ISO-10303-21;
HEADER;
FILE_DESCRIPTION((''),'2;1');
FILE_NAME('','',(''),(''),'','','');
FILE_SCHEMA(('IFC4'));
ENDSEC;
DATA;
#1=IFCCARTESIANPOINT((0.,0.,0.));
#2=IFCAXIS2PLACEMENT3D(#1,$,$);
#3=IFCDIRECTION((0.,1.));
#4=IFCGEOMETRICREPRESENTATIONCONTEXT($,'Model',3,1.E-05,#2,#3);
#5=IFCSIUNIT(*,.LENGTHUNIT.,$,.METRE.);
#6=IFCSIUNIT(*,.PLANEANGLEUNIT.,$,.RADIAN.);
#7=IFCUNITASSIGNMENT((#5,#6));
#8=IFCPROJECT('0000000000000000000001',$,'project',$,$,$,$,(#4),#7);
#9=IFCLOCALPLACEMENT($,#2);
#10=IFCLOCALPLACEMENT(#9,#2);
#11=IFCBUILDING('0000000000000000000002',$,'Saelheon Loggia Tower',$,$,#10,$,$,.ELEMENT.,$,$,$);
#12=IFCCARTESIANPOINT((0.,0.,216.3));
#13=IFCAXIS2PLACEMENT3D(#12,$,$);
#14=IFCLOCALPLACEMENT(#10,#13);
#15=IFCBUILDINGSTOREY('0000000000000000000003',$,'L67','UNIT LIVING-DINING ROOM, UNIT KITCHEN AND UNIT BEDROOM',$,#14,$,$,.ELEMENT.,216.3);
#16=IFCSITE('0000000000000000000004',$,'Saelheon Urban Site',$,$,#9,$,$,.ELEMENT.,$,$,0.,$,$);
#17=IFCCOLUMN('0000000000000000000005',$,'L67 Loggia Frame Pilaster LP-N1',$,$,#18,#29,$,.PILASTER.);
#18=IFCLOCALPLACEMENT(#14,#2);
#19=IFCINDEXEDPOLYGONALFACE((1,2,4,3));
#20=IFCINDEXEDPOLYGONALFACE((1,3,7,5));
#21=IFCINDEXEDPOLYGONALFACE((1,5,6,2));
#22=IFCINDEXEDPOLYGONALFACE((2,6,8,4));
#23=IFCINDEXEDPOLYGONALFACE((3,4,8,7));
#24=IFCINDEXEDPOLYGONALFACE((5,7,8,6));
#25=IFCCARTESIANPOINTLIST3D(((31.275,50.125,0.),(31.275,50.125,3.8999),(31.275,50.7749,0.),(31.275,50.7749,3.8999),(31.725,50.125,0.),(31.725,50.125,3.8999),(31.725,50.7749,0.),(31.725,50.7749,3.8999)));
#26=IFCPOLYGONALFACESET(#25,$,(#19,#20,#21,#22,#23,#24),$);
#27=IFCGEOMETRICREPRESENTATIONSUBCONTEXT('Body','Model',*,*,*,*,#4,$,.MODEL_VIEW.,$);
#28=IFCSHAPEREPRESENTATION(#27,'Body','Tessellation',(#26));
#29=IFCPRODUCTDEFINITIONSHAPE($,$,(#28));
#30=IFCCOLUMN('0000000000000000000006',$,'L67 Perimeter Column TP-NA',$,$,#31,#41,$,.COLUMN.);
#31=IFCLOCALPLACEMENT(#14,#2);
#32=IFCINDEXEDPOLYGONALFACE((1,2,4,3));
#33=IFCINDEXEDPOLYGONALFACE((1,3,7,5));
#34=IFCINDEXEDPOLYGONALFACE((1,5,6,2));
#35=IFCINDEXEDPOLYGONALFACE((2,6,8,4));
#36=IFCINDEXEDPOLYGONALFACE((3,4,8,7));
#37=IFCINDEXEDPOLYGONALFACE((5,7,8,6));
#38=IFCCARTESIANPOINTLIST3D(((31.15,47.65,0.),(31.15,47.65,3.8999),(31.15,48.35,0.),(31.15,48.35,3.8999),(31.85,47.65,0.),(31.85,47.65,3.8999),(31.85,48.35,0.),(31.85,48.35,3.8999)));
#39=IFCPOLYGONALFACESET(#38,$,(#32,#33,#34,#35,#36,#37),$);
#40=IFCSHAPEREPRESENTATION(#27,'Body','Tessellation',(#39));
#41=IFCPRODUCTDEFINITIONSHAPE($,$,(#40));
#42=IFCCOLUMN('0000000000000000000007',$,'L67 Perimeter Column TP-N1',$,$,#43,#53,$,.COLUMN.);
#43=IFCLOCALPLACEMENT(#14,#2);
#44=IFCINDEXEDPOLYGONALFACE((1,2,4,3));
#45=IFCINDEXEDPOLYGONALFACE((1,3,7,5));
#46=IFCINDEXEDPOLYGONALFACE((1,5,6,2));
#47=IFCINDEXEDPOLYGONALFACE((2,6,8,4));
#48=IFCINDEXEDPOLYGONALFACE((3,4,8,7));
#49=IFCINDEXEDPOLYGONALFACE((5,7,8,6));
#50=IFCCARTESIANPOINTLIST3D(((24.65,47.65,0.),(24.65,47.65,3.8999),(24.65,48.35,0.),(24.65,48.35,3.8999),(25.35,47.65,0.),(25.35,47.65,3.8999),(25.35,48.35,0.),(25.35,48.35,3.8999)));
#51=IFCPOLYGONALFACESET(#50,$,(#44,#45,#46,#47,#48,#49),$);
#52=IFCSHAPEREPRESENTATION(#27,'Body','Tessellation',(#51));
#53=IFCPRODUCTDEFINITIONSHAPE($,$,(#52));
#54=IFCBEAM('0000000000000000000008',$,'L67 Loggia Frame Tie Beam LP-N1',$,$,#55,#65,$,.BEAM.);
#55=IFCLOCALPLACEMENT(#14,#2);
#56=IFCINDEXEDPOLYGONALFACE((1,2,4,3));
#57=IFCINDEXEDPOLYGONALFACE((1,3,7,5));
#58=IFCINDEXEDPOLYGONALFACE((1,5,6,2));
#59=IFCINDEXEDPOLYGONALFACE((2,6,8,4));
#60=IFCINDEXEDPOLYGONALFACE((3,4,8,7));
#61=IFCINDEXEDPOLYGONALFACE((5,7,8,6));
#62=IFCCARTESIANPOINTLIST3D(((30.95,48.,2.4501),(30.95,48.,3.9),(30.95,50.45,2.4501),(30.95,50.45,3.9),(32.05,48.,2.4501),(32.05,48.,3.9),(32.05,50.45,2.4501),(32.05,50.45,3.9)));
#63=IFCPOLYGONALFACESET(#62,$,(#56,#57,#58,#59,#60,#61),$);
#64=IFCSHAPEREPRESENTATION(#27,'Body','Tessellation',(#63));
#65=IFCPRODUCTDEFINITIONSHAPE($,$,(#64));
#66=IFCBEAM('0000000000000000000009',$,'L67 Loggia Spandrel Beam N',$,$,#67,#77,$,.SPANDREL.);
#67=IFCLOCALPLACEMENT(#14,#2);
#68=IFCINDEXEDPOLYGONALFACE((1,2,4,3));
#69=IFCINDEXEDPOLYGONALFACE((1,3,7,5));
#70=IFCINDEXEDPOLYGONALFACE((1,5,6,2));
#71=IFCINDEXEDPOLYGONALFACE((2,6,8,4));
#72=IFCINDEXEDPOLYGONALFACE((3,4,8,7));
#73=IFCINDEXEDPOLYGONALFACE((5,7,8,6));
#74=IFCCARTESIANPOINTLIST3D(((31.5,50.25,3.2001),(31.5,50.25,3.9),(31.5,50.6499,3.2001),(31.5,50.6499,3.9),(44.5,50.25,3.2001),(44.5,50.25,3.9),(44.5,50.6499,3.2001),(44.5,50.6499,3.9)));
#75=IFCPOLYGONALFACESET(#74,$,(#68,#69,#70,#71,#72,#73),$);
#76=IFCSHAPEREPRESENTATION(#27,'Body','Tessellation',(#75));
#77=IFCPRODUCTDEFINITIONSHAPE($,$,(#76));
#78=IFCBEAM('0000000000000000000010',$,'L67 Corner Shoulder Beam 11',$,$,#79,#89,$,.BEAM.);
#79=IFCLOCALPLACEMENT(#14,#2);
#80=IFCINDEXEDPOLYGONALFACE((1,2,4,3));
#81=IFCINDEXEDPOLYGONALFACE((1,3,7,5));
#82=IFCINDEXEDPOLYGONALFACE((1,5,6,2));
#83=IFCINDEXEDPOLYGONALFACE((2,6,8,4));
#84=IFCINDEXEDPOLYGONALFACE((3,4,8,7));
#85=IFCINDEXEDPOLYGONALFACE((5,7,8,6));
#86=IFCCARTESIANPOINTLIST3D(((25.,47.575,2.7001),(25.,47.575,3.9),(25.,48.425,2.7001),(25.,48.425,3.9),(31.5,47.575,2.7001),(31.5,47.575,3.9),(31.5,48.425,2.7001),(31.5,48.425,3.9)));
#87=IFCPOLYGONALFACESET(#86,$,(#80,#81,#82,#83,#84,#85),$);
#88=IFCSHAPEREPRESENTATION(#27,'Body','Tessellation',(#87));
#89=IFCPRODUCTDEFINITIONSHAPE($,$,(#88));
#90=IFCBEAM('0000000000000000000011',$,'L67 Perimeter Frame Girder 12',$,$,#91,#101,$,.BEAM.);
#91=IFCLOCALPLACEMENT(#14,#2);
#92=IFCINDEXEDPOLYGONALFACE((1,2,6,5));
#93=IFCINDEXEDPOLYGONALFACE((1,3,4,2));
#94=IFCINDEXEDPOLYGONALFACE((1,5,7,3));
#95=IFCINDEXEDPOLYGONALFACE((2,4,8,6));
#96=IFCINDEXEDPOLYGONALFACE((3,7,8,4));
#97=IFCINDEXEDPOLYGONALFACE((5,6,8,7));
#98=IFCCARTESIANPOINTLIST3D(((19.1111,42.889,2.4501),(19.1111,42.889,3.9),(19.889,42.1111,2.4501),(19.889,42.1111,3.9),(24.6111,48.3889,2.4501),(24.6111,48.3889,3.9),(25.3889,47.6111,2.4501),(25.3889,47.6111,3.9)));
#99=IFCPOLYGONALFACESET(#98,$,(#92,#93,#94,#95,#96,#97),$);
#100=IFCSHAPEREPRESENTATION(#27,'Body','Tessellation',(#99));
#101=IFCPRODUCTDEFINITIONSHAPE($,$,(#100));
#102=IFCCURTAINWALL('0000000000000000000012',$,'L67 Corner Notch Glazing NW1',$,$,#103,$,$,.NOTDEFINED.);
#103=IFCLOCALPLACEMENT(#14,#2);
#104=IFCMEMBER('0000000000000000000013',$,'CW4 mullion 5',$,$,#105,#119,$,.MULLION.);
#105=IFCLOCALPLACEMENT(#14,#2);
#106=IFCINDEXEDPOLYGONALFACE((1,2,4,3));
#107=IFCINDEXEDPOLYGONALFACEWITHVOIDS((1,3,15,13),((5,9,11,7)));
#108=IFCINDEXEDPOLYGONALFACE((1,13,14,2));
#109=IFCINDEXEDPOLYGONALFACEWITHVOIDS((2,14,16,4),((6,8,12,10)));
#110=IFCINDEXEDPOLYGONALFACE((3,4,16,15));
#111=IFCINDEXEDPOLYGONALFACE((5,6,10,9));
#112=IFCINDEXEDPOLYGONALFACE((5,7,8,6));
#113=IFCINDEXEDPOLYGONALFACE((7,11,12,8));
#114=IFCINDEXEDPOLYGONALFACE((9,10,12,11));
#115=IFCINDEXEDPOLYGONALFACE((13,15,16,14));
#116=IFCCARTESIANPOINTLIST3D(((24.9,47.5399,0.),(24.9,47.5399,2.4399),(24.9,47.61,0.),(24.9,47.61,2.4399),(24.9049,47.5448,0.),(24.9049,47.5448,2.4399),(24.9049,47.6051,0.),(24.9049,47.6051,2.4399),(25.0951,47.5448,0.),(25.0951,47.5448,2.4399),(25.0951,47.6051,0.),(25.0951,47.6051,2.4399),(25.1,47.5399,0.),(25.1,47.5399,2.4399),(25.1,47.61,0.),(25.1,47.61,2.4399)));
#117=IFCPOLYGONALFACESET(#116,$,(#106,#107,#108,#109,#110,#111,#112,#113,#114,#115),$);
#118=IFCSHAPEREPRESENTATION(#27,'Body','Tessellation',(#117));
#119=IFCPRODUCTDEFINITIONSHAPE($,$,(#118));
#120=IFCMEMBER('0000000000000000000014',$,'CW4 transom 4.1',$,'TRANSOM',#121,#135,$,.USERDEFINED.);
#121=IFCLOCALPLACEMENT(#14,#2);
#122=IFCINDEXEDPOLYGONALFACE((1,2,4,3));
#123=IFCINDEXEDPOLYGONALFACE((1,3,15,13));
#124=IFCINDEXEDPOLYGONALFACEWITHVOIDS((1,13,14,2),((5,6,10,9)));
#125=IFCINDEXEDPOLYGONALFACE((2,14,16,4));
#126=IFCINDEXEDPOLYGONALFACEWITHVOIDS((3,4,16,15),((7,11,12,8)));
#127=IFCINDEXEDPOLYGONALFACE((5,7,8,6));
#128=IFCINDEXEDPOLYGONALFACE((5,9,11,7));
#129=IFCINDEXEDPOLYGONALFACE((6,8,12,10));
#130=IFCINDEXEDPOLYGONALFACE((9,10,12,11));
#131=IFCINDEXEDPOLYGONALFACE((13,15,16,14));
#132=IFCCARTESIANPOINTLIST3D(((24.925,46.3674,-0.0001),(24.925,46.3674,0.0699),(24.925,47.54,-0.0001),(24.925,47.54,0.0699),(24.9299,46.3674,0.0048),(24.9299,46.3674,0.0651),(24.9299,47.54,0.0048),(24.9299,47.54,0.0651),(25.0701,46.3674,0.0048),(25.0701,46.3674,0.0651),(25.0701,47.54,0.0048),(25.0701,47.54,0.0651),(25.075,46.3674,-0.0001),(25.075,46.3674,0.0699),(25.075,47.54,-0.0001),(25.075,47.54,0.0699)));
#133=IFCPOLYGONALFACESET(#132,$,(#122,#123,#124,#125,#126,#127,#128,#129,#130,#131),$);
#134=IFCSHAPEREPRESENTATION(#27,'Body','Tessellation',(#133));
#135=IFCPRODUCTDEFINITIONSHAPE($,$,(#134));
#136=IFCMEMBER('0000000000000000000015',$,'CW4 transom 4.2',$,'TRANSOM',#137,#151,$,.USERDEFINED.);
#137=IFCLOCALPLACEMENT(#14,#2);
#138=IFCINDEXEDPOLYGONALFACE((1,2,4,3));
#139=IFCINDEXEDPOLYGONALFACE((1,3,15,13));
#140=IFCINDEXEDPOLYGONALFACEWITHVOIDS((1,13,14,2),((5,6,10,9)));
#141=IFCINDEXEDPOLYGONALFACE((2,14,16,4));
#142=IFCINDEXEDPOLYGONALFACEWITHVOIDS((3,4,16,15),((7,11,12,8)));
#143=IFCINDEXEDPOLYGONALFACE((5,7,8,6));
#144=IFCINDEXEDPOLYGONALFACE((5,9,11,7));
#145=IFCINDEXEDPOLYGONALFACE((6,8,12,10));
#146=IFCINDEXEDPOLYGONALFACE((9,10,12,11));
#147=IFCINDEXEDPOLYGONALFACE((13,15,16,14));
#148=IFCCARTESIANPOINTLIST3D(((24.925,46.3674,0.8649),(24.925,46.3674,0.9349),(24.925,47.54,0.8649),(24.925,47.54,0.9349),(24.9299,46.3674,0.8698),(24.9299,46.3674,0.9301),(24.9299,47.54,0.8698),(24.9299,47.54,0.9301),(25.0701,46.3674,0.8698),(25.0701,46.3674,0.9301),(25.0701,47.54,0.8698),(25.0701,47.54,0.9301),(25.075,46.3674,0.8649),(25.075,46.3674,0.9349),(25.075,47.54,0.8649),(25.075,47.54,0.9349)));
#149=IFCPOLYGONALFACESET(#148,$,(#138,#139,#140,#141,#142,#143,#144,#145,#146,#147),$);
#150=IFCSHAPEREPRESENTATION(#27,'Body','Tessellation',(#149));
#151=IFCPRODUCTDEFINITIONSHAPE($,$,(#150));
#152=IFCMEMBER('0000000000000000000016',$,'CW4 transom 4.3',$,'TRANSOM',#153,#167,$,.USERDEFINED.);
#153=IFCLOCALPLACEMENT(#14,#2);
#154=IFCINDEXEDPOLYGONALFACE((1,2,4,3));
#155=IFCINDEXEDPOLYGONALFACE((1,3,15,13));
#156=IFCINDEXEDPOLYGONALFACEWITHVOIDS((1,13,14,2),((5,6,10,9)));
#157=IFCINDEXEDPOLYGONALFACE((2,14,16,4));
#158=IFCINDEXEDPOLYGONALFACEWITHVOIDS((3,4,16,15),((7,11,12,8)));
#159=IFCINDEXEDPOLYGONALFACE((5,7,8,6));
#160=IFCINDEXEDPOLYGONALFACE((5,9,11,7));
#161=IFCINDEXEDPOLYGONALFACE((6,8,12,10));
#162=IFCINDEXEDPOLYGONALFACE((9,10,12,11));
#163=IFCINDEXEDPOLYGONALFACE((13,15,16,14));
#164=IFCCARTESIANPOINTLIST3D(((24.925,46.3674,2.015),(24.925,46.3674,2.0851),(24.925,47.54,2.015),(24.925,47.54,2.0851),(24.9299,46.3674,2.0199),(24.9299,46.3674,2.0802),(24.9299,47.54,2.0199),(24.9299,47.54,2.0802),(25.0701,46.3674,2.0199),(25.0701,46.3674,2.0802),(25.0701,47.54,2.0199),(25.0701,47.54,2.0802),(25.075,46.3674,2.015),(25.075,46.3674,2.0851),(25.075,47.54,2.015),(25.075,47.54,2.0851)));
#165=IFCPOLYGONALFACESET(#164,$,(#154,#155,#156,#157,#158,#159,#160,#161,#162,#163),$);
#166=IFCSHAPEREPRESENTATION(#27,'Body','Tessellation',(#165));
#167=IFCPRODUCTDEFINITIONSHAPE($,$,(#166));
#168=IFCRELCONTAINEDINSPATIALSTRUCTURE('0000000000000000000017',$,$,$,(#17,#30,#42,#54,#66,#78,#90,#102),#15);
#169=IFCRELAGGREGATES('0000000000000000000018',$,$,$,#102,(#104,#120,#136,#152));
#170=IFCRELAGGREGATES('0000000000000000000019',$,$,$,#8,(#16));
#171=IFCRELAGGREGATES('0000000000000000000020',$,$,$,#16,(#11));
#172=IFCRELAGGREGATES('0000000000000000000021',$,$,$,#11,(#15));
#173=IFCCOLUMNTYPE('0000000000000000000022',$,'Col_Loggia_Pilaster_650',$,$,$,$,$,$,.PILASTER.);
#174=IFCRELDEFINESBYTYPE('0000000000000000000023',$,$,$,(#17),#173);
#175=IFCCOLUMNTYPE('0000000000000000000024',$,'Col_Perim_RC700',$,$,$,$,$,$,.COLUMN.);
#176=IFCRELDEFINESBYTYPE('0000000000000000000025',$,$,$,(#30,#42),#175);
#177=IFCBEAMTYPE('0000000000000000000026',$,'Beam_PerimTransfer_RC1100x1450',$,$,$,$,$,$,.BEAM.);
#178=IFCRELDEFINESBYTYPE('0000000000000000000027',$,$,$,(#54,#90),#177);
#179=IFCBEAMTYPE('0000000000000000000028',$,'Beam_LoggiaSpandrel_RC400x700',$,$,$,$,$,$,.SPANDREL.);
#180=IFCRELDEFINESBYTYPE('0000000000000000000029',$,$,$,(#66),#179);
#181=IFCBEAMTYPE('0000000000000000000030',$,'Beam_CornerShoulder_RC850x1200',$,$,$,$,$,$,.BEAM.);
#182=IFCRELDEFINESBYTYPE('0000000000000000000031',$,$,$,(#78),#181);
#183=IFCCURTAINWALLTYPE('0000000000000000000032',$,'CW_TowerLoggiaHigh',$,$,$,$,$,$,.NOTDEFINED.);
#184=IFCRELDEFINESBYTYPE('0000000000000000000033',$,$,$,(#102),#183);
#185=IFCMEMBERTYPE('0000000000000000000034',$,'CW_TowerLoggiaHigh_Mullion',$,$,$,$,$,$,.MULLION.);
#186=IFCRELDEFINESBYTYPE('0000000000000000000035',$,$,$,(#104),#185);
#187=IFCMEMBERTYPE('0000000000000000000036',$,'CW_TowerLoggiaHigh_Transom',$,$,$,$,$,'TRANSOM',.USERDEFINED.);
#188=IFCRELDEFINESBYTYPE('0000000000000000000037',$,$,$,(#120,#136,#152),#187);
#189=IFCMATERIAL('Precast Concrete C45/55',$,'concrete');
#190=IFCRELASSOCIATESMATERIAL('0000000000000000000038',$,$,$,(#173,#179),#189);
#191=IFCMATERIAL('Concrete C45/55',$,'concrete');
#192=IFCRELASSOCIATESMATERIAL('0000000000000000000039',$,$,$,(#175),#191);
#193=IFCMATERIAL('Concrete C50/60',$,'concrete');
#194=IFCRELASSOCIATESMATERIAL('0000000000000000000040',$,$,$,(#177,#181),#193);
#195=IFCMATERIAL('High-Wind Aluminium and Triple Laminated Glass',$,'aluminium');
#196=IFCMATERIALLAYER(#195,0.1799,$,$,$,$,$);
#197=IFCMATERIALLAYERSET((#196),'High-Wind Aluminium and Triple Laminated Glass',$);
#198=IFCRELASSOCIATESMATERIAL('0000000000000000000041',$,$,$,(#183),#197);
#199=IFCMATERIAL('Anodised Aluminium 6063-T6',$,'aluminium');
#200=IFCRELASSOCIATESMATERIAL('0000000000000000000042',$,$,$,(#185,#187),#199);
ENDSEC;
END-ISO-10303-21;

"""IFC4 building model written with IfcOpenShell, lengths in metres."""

from ifc_helpers import new_model, si_unit, direction, frame, origin, origin_2d, place, context, subcontext, project, spatial, rectangle, hollow_rectangle, extrude, source, transform, mapped, material, layer, layer_set, material_profile, profile_set, type_object, element, aggregate, save


model = new_model("IFC4")

# Units and contexts
model_context = context("Model", 3, precision=1e-05, world=origin(), true_north=direction((0.0, 1.0)))
body_context = subcontext(model_context, "Body", "Model", "MODEL_VIEW")
ifc_project = project(units=[si_unit("LENGTHUNIT", "METRE"), si_unit("PLANEANGLEUNIT", "RADIAN")], contexts=[model_context])

# Site, building, storey
site_placement = place(None, origin())
site = spatial("IfcSite", under=ifc_project, at=site_placement, Name="Saelheon Urban Site", CompositionType="ELEMENT", RefElevation=0.0)
building_placement = place(site_placement, origin())
building = spatial("IfcBuilding", under=site, at=building_placement, Name="Saelheon Loggia Tower", CompositionType="ELEMENT")
storey_placement = place(building_placement, frame((0.0, 0.0, 216.3)))
storey = spatial("IfcBuildingStorey", under=building, at=storey_placement, Name="L67", Description="UNIT LIVING-DINING ROOM, UNIT KITCHEN AND UNIT BEDROOM", CompositionType="ELEMENT", Elevation=216.3)

# Columns
ifc_material_1 = material(Name="Precast Concrete C45/55", Category="concrete")
ifc_material_profile_1 = material_profile(ifc_material_1, rectangle(XDim=0.45, YDim=0.6499, at=origin_2d()), Name="RC-450x650")
ifc_profile_set_1 = profile_set([ifc_material_profile_1], Name="Precast Concrete C45/55")
column_type_1 = type_object("IfcColumnType", Name="Col_Loggia_Pilaster_650", PredefinedType="PILASTER", material=ifc_profile_set_1)
shared_shape_1 = source(origin(), body_context, "Body", "SweptSolid", [
    extrude(rectangle(XDim=0.45, YDim=0.6499, at=origin_2d()), origin(), (0.0, 0.0, 1.0), 3.8999),
])
column_placement = place(storey_placement, frame((31.5, 50.45, 0.0), z_axis=(0.0, 0.0, 1.0), x_axis=(1.0, 0.0, 0.0)))
element("IfcColumn", 1, at=column_placement, inside=storey, type_object=column_type_1, Name="L67 Loggia Frame Pilaster LP-N1", PredefinedType="PILASTER", context=body_context, shape_type="MappedRepresentation", body=[
    mapped(shared_shape_1, transform((0.0, 0.0, 0.0), scale=1.0)),
])
ifc_material_2 = material(Name="Concrete C45/55", Category="concrete")
ifc_material_profile_2 = material_profile(ifc_material_2, rectangle(XDim=0.7, YDim=0.7, at=origin_2d()), Name="RC-700x700")
ifc_profile_set_2 = profile_set([ifc_material_profile_2], Name="Concrete C45/55")
column_type_2 = type_object("IfcColumnType", Name="Col_Perim_RC700", PredefinedType="COLUMN", material=ifc_profile_set_2)
shared_shape_2 = source(origin(), body_context, "Body", "SweptSolid", [
    extrude(rectangle(XDim=0.7, YDim=0.7, at=origin_2d()), origin(), (0.0, 0.0, 1.0), 3.8999),
])
for number, where, z_axis, x_axis, name in (
    (2, (31.5, 48.0, 0.0), (0.0, 0.0, 1.0), (1.0, 0.0, 0.0), "L67 Perimeter Column TP-NA"),
    (3, (25.0, 48.0, 0.0), (0.0, 0.0, 1.0), (1.0, 0.0, 0.0), "L67 Perimeter Column TP-N1"),
):
    element("IfcColumn", number, at=place(storey_placement, frame(where, z_axis=z_axis, x_axis=x_axis)), inside=storey, type_object=column_type_2, Name=name, PredefinedType="COLUMN", context=body_context, shape_type="MappedRepresentation", body=[
        mapped(shared_shape_2, transform((0.0, 0.0, 0.0), scale=1.0)),
    ])

# Beams
ifc_material_3 = material(Name="Concrete C50/60", Category="concrete")
ifc_material_profile_3 = material_profile(ifc_material_3, rectangle(XDim=1.1001, YDim=1.45, at=origin_2d()), Name="RC-1100x1450")
ifc_profile_set_3 = profile_set([ifc_material_profile_3], Name="Concrete C50/60")
beam_type_1 = type_object("IfcBeamType", Name="Beam_PerimTransfer_RC1100x1450", PredefinedType="BEAM", material=ifc_profile_set_3)
shared_shape_3 = source(origin(), body_context, "Body", "SweptSolid", [
    extrude(rectangle(XDim=1.1001, YDim=1.45, at=origin_2d()), origin(), (0.0, 0.0, 1.0), 2.45),
])
beam_1_placement = place(storey_placement, frame((31.5, 48.0, 3.175), z_axis=(0.0, 1.0, 0.0), x_axis=(-1.0, 0.0, 0.0)))
element("IfcBeam", 4, at=beam_1_placement, inside=storey, type_object=beam_type_1, Name="L67 Loggia Frame Tie Beam LP-N1", PredefinedType="BEAM", context=body_context, shape_type="MappedRepresentation", body=[
    mapped(shared_shape_3, transform((0.0, 0.0, 0.0), scale=1.0)),
])
ifc_material_profile_4 = material_profile(ifc_material_1, rectangle(XDim=0.3999, YDim=0.7, at=origin_2d()), Name="RC-400x700")
ifc_profile_set_4 = profile_set([ifc_material_profile_4], Name="Precast Concrete C45/55")
beam_type_2 = type_object("IfcBeamType", Name="Beam_LoggiaSpandrel_RC400x700", PredefinedType="SPANDREL", material=ifc_profile_set_4)
shared_shape_4 = source(origin(), body_context, "Body", "SweptSolid", [
    extrude(rectangle(XDim=0.3999, YDim=0.7, at=origin_2d()), origin(), (0.0, 0.0, 1.0), 13.0),
])
beam_2_placement = place(storey_placement, frame((31.5, 50.45, 3.55), z_axis=(1.0, 0.0, 0.0), x_axis=(0.0, 1.0, 0.0)))
element("IfcBeam", 5, at=beam_2_placement, inside=storey, type_object=beam_type_2, Name="L67 Loggia Spandrel Beam N", PredefinedType="SPANDREL", context=body_context, shape_type="MappedRepresentation", body=[
    mapped(shared_shape_4, transform((0.0, 0.0, 0.0), scale=1.0)),
])
ifc_material_profile_5 = material_profile(ifc_material_3, rectangle(XDim=0.8501, YDim=1.2, at=origin_2d()), Name="RC-850x1200")
ifc_profile_set_5 = profile_set([ifc_material_profile_5], Name="Concrete C50/60")
beam_type_3 = type_object("IfcBeamType", Name="Beam_CornerShoulder_RC850x1200", PredefinedType="BEAM", material=ifc_profile_set_5)
shared_shape_5 = source(origin(), body_context, "Body", "SweptSolid", [
    extrude(rectangle(XDim=0.8501, YDim=1.2, at=origin_2d()), origin(), (0.0, 0.0, 1.0), 6.5),
])
beam_3_placement = place(storey_placement, frame((31.5, 48.0, 3.3), z_axis=(-1.0, 0.0, 0.0), x_axis=(0.0, -1.0, 0.0)))
element("IfcBeam", 6, at=beam_3_placement, inside=storey, type_object=beam_type_3, Name="L67 Corner Shoulder Beam 11", PredefinedType="BEAM", context=body_context, shape_type="MappedRepresentation", body=[
    mapped(shared_shape_5, transform((0.0, 0.0, 0.0), scale=1.0)),
])
shared_shape_6 = source(origin(), body_context, "Body", "SweptSolid", [
    extrude(rectangle(XDim=1.1001, YDim=1.45, at=origin_2d()), origin(), (0.0, 0.0, 1.0), 7.7781),
])
beam_4_placement = place(storey_placement, frame((25.0, 48.0, 3.175), z_axis=(-0.707107, -0.707107, 0.0), x_axis=(0.707107, -0.707107, 0.0)))
element("IfcBeam", 7, at=beam_4_placement, inside=storey, type_object=beam_type_1, Name="L67 Perimeter Frame Girder 12", PredefinedType="BEAM", context=body_context, shape_type="MappedRepresentation", body=[
    mapped(shared_shape_6, transform((0.0, 0.0, 0.0), scale=1.0)),
])

# Curtain wall, members
ifc_material_4 = material(Name="High-Wind Aluminium and Triple Laminated Glass", Category="aluminium")
ifc_layer_1 = layer(ifc_material_4, 0.1799)
ifc_layer_set_1 = layer_set([ifc_layer_1], Name="High-Wind Aluminium and Triple Laminated Glass")
curtain_wall_type = type_object("IfcCurtainWallType", Name="CW_TowerLoggiaHigh", PredefinedType="NOTDEFINED", material=ifc_layer_set_1)
curtain_wall_placement = place(storey_placement, origin())
curtain_wall = element("IfcCurtainWall", 8, at=curtain_wall_placement, inside=storey, type_object=curtain_wall_type, Name="L67 Corner Notch Glazing NW1", PredefinedType="NOTDEFINED")
ifc_material_5 = material(Name="Anodised Aluminium 6063-T6", Category="aluminium")
ifc_material_profile_6 = material_profile(ifc_material_5, hollow_rectangle(XDim=0.0701, YDim=0.2, WallThickness=0.0049, at=origin_2d()), Name="RHS-200x70x5")
ifc_profile_set_6 = profile_set([ifc_material_profile_6], Name="Anodised Aluminium 6063-T6")
member_type_1 = type_object("IfcMemberType", Name="CW_TowerLoggiaHigh_Mullion", PredefinedType="MULLION", material=ifc_profile_set_6)
shared_shape_7 = source(origin(), body_context, "Body", "SweptSolid", [
    extrude(hollow_rectangle(XDim=0.0701, YDim=0.2, WallThickness=0.0049, at=origin_2d()), origin(), (0.0, 0.0, 1.0), 2.4399),
])
member_1_placement = place(storey_placement, frame((25.0, 47.575, 0.0), z_axis=(0.0, 0.0, 1.0), x_axis=(0.0, 1.0, 0.0)))
member_1 = element("IfcMember", 9, at=member_1_placement, type_object=member_type_1, Name="CW4 mullion 5", PredefinedType="MULLION", context=body_context, shape_type="MappedRepresentation", body=[
    mapped(shared_shape_7, transform((0.0, 0.0, 0.0), scale=1.0)),
])
ifc_material_profile_7 = material_profile(ifc_material_5, hollow_rectangle(XDim=0.0701, YDim=0.1499, WallThickness=0.0049, at=origin_2d()), Name="RHS-150x70x5")
ifc_profile_set_7 = profile_set([ifc_material_profile_7], Name="Anodised Aluminium 6063-T6")
member_type_2 = type_object("IfcMemberType", Name="CW_TowerLoggiaHigh_Transom", ElementType="TRANSOM", PredefinedType="USERDEFINED", material=ifc_profile_set_7)
shared_shape_8 = source(origin(), body_context, "Body", "SweptSolid", [
    extrude(hollow_rectangle(XDim=0.0701, YDim=0.1499, WallThickness=0.0049, at=origin_2d()), origin(), (0.0, 0.0, 1.0), 1.1726),
])
member_2_placement = place(storey_placement, frame((25.0, 46.3674, 0.0349), z_axis=(0.0, 1.0, 0.0), x_axis=(0.0, 0.0, 1.0)))
member_2 = element("IfcMember", 10, at=member_2_placement, type_object=member_type_2, Name="CW4 transom 4.1", ObjectType="TRANSOM", PredefinedType="USERDEFINED", context=body_context, shape_type="MappedRepresentation", body=[
    mapped(shared_shape_8, transform((0.0, 0.0, 0.0), scale=1.0)),
])
member_3_placement = place(storey_placement, frame((25.0, 46.3674, 0.8999), z_axis=(0.0, 1.0, 0.0), x_axis=(0.0, 0.0, 1.0)))
member_3 = element("IfcMember", 11, at=member_3_placement, type_object=member_type_2, Name="CW4 transom 4.2", ObjectType="TRANSOM", PredefinedType="USERDEFINED", context=body_context, shape_type="MappedRepresentation", body=[
    mapped(shared_shape_8, transform((0.0, 0.0, 0.0), scale=1.0)),
])
member_4_placement = place(storey_placement, frame((25.0, 46.3674, 2.05), z_axis=(0.0, 1.0, 0.0), x_axis=(0.0, 0.0, 1.0)))
member_4 = element("IfcMember", 12, at=member_4_placement, type_object=member_type_2, Name="CW4 transom 4.3", ObjectType="TRANSOM", PredefinedType="USERDEFINED", context=body_context, shape_type="MappedRepresentation", body=[
    mapped(shared_shape_8, transform((0.0, 0.0, 0.0), scale=1.0)),
])
aggregate(curtain_wall, [member_1, member_2, member_3, member_4])

save(model, "model.ifc")
